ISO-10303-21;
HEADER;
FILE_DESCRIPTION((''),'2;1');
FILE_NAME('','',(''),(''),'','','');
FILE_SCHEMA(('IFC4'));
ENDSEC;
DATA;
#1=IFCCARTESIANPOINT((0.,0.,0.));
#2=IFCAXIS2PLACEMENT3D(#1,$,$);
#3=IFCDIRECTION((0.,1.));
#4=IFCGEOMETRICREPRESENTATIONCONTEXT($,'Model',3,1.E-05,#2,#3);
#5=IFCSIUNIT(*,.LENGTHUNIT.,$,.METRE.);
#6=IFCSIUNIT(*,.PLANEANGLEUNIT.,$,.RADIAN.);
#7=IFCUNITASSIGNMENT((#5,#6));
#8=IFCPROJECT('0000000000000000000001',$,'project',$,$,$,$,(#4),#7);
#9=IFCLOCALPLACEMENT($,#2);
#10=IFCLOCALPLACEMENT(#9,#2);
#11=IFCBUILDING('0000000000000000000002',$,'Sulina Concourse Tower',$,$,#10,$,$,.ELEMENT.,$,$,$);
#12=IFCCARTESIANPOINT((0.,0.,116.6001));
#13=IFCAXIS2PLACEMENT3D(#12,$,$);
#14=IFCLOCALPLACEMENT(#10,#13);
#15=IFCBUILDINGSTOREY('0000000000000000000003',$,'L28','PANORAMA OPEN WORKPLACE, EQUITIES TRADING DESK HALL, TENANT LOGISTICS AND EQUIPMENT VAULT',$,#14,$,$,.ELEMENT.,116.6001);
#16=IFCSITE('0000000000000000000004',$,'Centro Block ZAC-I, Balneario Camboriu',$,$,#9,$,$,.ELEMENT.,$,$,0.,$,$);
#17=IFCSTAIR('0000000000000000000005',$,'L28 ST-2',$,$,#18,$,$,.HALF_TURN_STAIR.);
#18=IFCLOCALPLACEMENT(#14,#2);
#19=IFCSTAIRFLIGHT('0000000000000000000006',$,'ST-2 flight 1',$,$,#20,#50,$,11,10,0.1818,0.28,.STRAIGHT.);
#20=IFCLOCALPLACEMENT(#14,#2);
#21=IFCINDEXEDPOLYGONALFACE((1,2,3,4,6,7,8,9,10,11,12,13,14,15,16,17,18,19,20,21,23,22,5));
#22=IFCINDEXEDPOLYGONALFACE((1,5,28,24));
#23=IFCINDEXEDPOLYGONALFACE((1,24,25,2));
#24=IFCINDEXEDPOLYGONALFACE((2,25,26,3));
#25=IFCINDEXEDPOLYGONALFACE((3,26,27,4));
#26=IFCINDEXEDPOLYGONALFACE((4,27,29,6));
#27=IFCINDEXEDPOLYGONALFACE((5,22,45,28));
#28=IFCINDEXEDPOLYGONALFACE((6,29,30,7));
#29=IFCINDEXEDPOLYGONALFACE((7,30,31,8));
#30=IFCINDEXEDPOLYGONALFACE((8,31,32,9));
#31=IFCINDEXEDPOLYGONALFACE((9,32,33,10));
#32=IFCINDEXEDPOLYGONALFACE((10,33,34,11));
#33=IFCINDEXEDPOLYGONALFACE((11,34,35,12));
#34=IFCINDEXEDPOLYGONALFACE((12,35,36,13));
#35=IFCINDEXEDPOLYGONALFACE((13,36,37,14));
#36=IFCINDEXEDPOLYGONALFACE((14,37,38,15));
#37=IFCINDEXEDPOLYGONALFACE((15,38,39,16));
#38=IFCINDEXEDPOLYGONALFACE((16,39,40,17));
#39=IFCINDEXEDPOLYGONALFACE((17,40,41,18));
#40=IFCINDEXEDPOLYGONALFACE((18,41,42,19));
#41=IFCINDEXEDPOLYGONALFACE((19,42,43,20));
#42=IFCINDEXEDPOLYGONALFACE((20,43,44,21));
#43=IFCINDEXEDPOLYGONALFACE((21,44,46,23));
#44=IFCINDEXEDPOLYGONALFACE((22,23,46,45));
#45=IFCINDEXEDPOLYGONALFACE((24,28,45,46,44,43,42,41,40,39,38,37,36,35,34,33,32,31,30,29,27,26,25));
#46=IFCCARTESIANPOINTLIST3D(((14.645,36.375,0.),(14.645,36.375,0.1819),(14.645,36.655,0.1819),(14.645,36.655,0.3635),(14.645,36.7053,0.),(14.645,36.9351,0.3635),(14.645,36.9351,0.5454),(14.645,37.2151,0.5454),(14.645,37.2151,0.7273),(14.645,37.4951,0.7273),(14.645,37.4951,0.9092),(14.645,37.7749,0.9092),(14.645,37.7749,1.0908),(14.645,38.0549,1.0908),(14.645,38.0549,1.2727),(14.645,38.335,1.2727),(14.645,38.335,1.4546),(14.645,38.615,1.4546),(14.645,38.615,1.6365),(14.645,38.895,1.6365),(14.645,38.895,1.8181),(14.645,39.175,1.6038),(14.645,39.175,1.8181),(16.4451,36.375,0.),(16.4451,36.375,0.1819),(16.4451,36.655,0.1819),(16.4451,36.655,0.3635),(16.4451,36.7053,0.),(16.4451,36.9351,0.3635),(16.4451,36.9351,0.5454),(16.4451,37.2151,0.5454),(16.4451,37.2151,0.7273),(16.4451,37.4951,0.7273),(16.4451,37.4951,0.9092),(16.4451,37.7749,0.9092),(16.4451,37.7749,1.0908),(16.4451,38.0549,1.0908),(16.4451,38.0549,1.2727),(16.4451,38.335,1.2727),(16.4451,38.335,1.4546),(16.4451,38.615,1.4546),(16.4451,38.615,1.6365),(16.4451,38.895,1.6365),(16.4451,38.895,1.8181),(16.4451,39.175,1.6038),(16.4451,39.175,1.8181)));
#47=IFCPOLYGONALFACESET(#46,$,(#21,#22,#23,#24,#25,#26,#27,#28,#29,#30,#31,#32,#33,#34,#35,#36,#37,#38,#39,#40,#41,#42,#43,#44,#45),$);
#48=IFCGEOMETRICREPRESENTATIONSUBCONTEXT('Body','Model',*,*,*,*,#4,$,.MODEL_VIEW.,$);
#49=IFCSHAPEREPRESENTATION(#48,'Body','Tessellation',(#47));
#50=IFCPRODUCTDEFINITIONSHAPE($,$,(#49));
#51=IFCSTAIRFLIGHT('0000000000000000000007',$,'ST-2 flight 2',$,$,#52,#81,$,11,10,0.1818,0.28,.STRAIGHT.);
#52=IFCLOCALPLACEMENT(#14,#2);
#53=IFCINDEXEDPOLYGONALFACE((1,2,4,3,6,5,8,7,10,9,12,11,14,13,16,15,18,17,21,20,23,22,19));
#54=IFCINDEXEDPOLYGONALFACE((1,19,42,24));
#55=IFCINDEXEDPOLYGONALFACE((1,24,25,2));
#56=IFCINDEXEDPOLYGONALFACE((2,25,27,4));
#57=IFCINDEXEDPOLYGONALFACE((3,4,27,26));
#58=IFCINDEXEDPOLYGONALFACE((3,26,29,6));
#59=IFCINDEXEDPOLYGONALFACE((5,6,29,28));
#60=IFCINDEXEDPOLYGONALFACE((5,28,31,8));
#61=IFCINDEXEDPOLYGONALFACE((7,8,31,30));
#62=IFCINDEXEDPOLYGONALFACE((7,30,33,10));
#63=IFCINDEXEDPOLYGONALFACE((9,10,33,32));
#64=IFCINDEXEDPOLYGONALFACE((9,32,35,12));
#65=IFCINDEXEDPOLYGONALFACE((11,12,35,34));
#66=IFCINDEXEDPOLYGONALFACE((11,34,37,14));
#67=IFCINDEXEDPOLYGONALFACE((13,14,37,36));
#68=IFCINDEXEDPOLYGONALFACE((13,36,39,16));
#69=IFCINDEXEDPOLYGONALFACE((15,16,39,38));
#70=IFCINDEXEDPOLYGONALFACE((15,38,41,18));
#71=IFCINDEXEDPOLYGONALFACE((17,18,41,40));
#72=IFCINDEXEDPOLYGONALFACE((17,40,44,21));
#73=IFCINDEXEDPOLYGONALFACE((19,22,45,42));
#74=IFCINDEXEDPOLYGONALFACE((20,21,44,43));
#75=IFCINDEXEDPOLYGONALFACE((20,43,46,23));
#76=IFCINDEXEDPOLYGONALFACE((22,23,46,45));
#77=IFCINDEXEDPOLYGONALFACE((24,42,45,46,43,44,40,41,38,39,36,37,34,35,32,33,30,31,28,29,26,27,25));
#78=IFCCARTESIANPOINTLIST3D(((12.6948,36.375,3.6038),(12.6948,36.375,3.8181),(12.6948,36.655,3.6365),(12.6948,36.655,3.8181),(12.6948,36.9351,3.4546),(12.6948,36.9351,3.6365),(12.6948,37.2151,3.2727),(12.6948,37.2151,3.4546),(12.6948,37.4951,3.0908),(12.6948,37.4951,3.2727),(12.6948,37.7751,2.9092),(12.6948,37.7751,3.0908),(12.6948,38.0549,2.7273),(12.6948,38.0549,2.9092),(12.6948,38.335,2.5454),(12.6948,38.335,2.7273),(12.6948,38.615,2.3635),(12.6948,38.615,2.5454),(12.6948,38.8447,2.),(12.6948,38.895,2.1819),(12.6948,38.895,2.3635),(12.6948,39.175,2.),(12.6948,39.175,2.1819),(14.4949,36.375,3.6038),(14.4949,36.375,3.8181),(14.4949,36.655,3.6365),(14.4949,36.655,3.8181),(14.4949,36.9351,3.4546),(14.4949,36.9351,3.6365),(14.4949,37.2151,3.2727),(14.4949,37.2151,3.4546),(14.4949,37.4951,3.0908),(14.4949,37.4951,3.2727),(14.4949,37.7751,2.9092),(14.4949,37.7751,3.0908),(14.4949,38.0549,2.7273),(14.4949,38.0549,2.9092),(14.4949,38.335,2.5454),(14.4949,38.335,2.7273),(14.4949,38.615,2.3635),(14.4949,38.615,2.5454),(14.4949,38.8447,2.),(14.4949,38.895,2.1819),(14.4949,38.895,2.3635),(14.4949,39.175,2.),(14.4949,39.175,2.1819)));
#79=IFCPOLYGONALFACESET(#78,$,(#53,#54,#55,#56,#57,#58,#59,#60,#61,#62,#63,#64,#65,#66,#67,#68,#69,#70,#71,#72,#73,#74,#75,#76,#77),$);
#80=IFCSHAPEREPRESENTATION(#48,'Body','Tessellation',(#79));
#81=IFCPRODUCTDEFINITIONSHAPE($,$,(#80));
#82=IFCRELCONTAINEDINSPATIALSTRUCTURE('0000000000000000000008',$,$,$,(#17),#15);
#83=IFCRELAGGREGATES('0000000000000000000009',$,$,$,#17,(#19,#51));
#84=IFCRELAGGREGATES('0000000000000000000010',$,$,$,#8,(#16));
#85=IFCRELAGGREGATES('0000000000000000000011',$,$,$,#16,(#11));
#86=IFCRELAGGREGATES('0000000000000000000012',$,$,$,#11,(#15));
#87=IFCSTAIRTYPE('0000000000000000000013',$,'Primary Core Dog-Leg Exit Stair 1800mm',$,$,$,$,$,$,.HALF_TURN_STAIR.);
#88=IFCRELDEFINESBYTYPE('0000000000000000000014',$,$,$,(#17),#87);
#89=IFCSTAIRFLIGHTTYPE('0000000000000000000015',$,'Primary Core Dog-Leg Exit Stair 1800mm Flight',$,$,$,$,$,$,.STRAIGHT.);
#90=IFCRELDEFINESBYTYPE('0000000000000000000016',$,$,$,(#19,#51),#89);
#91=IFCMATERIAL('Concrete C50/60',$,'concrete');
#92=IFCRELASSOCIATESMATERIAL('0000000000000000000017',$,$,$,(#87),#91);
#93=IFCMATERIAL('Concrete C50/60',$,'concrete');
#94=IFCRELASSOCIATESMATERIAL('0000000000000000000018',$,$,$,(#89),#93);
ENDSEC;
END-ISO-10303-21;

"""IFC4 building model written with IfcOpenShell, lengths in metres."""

from ifc_helpers import new_model, si_unit, direction, frame, origin, place, context, subcontext, project, spatial, polyline, outline, extrude, material, type_object, element, aggregate, save


model = new_model("IFC4")

# Units and contexts
model_context = context("Model", 3, precision=1e-05, world=origin(), true_north=direction((0.0, 1.0)))
body_context = subcontext(model_context, "Body", "Model", "MODEL_VIEW")
ifc_project = project(units=[si_unit("LENGTHUNIT", "METRE"), si_unit("PLANEANGLEUNIT", "RADIAN")], contexts=[model_context])

# Site, building, storey
site_placement = place(None, origin())
site = spatial("IfcSite", under=ifc_project, at=site_placement, Name="Centro Block ZAC-I, Balneario Camboriu", CompositionType="ELEMENT", RefElevation=0.0)
building_placement = place(site_placement, origin())
building = spatial("IfcBuilding", under=site, at=building_placement, Name="Sulina Concourse Tower", CompositionType="ELEMENT")
storey_placement = place(building_placement, frame((0.0, 0.0, 116.6001)))
storey = spatial("IfcBuildingStorey", under=building, at=storey_placement, Name="L28", Description="PANORAMA OPEN WORKPLACE, EQUITIES TRADING DESK HALL, TENANT LOGISTICS AND EQUIPMENT VAULT", CompositionType="ELEMENT", Elevation=116.6001)

# Stair, stair flights
ifc_material_1 = material(Name="Concrete C50/60", Category="concrete")
stair_type = type_object("IfcStairType", Name="Primary Core Dog-Leg Exit Stair 1800mm", PredefinedType="HALF_TURN_STAIR", material=ifc_material_1)
stair_placement = place(storey_placement, origin())
stair = element("IfcStair", 1, at=stair_placement, inside=storey, type_object=stair_type, Name="L28 ST-2", PredefinedType="HALF_TURN_STAIR")
ifc_material_2 = material(Name="Concrete C50/60", Category="concrete")
stair_flight_type = type_object("IfcStairFlightType", Name="Primary Core Dog-Leg Exit Stair 1800mm Flight", PredefinedType="STRAIGHT", material=ifc_material_2)
stair_flight_1_placement = place(storey_placement, frame((15.5449, 36.375, 0.0), z_axis=(0.0, 0.0, 1.0), x_axis=(0.0, 1.0, 0.0)))
stair_flight_1 = element("IfcStairFlight", 2, at=stair_flight_1_placement, type_object=stair_flight_type, Name="ST-2 flight 1", NumberOfRisers=11, NumberOfTreads=10, PredefinedType="STRAIGHT", RiserHeight=0.1818, TreadLength=0.28, context=body_context, shape_type="SweptSolid", body=[
    extrude(outline(polyline([(0.0, 0.0), (0.0, 0.1819), (0.28, 0.1819), (0.28, 0.3635), (0.5601, 0.3635), (0.5601, 0.5454), (0.8401, 0.5454), (0.8401, 0.7273), (1.1201, 0.7273), (1.1201, 0.9092), (1.3999, 0.9092), (1.3999, 1.0908), (1.6799, 1.0908), (1.6799, 1.2727), (1.96, 1.2727), (1.96, 1.4546), (2.24, 1.4546), (2.24, 1.6365), (2.52, 1.6365), (2.52, 1.8181), (2.8, 1.8181), (2.8, 2.0), (2.8, 1.6038), (0.3303, 0.0), (0.0, 0.0)])), frame((0.0, 0.8999, 0.0), z_axis=(0.0, -1.0, 0.0), x_axis=(1.0, 0.0, 0.0)), (0.0, 0.0, 1.0), 1.8),
])
stair_flight_2_placement = place(storey_placement, frame((13.595, 39.175, 2.0), z_axis=(0.0, 0.0, 1.0), x_axis=(0.0, -1.0, 0.0)))
stair_flight_2 = element("IfcStairFlight", 3, at=stair_flight_2_placement, type_object=stair_flight_type, Name="ST-2 flight 2", NumberOfRisers=11, NumberOfTreads=10, PredefinedType="STRAIGHT", RiserHeight=0.1818, TreadLength=0.28, context=body_context, shape_type="SweptSolid", body=[
    extrude(outline(polyline([(0.0, 0.0), (0.0, 0.1819), (0.28, 0.1819), (0.28, 0.3635), (0.5601, 0.3635), (0.5601, 0.5454), (0.8401, 0.5454), (0.8401, 0.7273), (1.1201, 0.7273), (1.1201, 0.9092), (1.3999, 0.9092), (1.3999, 1.0908), (1.6799, 1.0908), (1.6799, 1.2727), (1.96, 1.2727), (1.96, 1.4546), (2.24, 1.4546), (2.24, 1.6365), (2.52, 1.6365), (2.52, 1.8181), (2.8, 1.8181), (2.8, 2.0), (2.8, 1.6038), (0.3303, 0.0), (0.0, 0.0)])), frame((0.0, 0.8999, 0.0), z_axis=(0.0, -1.0, 0.0), x_axis=(1.0, 0.0, 0.0)), (0.0, 0.0, 1.0), 1.8),
])
aggregate(stair, [stair_flight_1, stair_flight_2])

save(model, "model.ifc")
